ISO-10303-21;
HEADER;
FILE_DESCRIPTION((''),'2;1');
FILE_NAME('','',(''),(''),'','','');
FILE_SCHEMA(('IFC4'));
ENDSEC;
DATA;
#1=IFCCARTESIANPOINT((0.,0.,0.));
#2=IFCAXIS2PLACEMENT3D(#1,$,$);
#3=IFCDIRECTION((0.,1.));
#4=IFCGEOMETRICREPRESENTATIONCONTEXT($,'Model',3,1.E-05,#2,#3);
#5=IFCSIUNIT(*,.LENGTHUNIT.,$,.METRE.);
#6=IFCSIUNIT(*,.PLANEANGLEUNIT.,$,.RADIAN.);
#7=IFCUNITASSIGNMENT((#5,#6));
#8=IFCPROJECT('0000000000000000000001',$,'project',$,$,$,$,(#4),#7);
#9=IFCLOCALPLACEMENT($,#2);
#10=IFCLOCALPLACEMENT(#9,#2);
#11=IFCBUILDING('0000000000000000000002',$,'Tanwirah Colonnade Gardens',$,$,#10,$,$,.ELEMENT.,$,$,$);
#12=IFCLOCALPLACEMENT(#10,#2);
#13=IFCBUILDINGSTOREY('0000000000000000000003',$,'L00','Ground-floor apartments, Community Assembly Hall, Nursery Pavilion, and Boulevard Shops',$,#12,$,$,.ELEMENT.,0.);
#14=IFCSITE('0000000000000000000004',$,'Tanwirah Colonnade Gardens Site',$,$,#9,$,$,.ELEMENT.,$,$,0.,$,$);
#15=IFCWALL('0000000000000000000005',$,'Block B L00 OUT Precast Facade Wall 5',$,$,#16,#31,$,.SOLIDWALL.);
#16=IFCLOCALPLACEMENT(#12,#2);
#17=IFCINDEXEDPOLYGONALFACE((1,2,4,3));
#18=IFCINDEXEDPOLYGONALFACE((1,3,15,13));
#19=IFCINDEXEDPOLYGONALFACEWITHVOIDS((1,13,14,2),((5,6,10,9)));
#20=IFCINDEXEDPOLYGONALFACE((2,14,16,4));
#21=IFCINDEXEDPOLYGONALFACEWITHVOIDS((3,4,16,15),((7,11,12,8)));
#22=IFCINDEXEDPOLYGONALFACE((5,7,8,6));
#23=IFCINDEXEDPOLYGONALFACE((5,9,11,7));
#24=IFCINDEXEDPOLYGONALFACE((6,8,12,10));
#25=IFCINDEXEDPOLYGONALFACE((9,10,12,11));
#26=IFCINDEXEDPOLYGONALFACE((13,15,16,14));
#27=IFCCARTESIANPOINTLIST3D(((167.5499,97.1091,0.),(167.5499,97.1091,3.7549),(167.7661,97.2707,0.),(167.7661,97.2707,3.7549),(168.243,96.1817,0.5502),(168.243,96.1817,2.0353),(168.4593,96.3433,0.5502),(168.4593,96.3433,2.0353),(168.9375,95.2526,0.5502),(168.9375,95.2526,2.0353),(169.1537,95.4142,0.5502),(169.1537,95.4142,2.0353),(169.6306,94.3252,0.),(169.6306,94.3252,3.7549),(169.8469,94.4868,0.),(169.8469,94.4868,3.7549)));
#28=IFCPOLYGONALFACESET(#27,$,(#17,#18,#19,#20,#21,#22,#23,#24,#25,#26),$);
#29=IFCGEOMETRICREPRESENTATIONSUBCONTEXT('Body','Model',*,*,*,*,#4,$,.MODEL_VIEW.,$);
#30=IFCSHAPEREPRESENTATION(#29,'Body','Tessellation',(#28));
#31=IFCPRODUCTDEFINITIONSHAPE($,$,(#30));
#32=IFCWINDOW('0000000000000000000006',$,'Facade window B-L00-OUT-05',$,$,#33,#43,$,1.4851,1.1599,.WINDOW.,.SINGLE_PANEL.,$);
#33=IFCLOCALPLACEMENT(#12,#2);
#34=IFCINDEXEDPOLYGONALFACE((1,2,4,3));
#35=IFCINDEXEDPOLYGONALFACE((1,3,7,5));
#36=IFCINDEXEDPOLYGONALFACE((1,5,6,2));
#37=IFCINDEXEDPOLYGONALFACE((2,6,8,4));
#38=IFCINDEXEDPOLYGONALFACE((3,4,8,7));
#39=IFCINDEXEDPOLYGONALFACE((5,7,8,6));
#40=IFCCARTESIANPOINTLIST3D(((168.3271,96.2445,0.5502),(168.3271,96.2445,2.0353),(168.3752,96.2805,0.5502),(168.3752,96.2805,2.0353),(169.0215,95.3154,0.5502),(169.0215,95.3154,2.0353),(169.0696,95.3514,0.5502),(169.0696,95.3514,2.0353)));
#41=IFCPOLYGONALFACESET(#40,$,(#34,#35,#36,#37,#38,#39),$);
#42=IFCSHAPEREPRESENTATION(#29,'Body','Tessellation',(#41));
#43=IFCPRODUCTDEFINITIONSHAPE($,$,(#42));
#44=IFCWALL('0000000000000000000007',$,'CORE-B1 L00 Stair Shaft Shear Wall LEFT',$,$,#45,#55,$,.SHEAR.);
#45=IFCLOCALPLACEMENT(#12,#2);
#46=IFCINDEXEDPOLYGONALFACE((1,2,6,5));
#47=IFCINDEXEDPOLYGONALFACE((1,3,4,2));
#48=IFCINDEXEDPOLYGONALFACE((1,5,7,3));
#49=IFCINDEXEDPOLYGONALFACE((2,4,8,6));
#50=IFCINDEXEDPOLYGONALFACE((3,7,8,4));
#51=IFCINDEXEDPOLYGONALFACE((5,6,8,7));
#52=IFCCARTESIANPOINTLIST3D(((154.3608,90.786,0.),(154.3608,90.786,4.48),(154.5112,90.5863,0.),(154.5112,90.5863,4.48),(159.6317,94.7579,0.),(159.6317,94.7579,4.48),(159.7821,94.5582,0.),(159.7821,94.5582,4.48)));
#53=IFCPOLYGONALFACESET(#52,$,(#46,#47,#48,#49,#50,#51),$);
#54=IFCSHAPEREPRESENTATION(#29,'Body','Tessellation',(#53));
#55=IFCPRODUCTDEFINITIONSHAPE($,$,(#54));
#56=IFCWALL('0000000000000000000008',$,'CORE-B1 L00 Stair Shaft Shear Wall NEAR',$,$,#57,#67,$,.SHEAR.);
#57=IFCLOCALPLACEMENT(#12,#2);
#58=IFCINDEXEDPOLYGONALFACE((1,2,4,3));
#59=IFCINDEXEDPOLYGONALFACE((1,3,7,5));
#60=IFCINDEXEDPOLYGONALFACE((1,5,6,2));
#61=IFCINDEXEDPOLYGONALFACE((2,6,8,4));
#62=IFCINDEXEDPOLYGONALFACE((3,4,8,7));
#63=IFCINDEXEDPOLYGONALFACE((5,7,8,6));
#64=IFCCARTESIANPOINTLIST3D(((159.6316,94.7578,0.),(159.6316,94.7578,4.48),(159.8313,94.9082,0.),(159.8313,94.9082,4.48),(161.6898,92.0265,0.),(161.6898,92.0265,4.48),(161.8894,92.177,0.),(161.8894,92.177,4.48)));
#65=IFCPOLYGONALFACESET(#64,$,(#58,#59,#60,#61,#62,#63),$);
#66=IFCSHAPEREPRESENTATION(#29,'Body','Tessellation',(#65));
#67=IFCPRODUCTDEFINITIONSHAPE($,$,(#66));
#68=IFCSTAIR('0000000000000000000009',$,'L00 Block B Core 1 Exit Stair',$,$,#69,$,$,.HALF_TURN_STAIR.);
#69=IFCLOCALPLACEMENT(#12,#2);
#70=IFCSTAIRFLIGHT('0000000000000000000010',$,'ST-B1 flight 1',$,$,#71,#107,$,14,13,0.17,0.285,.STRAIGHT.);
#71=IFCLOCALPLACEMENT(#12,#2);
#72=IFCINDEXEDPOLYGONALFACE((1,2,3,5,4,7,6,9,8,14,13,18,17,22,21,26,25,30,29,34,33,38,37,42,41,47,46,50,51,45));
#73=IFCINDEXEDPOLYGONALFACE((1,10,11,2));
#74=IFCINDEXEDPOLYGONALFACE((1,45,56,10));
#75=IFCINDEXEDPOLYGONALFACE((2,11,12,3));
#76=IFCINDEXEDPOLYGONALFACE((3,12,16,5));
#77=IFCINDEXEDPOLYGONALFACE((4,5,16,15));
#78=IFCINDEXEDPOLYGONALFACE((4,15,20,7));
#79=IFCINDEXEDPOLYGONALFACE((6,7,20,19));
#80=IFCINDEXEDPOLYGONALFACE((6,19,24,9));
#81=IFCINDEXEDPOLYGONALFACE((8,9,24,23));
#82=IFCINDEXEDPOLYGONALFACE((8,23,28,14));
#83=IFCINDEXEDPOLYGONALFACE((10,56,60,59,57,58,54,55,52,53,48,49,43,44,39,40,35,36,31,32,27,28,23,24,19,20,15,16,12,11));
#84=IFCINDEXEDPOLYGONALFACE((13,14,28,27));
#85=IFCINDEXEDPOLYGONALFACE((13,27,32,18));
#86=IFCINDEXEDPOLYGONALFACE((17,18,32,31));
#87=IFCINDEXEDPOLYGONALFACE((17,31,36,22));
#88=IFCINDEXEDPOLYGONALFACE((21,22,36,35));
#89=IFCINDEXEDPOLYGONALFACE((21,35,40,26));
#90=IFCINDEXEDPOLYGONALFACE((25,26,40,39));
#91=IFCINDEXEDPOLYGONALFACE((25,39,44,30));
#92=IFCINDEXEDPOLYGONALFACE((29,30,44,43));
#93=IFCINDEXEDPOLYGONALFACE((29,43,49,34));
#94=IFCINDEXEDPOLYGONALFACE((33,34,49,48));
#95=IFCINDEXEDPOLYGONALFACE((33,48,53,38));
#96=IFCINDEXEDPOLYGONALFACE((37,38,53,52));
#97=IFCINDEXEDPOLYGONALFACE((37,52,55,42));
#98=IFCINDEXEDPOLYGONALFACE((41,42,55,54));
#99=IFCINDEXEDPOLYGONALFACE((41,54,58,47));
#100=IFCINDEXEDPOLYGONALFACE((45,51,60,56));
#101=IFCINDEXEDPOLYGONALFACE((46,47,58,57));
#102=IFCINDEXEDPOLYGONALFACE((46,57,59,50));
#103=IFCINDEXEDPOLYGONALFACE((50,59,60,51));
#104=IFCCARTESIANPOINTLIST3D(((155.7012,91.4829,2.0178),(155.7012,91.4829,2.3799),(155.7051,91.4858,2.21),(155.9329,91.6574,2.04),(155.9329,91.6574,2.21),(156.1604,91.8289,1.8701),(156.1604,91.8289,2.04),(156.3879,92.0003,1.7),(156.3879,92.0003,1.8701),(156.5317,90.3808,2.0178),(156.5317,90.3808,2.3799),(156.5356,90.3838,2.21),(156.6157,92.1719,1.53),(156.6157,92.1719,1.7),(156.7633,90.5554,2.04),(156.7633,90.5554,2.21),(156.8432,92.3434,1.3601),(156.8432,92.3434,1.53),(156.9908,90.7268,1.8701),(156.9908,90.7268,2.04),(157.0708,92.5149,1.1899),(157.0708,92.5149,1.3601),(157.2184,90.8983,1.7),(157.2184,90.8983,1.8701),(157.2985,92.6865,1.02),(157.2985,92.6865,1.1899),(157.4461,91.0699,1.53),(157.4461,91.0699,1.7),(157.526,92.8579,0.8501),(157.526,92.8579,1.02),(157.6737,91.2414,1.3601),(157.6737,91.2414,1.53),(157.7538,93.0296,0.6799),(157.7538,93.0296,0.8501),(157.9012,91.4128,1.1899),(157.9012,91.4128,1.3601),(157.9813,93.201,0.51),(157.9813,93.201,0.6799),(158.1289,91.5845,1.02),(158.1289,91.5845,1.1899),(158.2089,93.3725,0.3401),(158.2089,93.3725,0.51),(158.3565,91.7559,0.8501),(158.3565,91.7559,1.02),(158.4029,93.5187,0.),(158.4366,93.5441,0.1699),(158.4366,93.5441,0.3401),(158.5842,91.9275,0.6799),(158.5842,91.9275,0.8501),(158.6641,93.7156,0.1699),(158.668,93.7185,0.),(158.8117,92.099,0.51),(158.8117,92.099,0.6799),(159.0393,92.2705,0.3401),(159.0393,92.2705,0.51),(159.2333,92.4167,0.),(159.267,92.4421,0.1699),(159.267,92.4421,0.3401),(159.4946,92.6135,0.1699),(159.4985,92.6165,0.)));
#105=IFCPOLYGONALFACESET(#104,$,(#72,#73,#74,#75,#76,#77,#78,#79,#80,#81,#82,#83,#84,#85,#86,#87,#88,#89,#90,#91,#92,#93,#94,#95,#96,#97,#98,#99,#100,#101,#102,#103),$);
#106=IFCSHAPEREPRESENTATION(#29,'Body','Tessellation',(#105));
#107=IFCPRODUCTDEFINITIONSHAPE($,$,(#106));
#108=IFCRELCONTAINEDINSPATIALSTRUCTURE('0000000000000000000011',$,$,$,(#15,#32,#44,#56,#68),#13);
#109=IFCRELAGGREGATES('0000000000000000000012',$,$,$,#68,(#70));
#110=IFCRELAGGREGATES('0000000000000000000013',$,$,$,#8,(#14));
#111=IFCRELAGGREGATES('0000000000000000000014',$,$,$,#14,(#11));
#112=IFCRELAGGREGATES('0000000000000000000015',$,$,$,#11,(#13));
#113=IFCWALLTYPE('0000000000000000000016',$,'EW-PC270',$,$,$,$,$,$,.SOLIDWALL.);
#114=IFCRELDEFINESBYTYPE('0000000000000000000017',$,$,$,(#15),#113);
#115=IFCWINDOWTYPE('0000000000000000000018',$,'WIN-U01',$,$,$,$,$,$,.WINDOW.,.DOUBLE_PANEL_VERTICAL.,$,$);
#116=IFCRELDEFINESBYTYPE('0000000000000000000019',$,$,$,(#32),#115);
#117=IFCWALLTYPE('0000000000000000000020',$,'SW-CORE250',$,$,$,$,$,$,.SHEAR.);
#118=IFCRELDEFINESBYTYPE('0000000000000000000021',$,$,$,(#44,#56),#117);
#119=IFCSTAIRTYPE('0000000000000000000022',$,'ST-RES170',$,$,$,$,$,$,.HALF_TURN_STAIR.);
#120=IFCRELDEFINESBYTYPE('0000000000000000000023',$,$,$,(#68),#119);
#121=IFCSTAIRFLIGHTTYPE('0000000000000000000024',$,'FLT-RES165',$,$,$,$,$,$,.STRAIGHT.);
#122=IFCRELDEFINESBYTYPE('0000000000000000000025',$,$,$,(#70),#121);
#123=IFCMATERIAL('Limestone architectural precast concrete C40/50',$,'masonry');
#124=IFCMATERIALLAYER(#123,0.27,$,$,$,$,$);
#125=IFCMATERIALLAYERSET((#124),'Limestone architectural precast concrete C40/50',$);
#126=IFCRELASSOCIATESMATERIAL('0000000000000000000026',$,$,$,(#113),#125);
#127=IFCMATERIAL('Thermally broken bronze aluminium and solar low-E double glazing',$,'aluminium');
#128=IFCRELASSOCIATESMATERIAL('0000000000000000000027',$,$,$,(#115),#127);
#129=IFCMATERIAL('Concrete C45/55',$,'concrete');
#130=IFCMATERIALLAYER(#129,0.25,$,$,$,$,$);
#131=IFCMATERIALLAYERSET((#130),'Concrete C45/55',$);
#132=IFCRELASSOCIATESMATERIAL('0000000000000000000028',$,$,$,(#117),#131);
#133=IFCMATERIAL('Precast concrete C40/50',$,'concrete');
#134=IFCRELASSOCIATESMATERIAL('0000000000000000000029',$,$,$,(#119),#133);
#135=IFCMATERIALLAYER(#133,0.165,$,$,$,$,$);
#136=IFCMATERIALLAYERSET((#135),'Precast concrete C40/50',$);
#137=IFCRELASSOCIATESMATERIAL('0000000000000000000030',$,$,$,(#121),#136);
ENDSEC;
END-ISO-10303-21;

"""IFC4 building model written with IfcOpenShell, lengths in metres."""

from ifc_helpers import new_model, si_unit, direction, frame, frame_2d, origin, place, context, subcontext, project, spatial, polyline, rectangle, outline, extrude, material, layer, layer_set, type_object, element, fill, aggregate, save


model = new_model("IFC4")

# Units and contexts
model_context = context("Model", 3, precision=1e-05, world=origin(), true_north=direction((0.0, 1.0)))
body_context = subcontext(model_context, "Body", "Model", "MODEL_VIEW")
ifc_project = project(units=[si_unit("LENGTHUNIT", "METRE"), si_unit("PLANEANGLEUNIT", "RADIAN")], contexts=[model_context])

# Site, building, storey
site_placement = place(None, origin())
site = spatial("IfcSite", under=ifc_project, at=site_placement, Name="Tanwirah Colonnade Gardens Site", CompositionType="ELEMENT", RefElevation=0.0)
building_placement = place(site_placement, origin())
building = spatial("IfcBuilding", under=site, at=building_placement, Name="Tanwirah Colonnade Gardens", CompositionType="ELEMENT")
storey_placement = place(building_placement, origin())
storey = spatial("IfcBuildingStorey", under=building, at=storey_placement, Name="L00", Description="Ground-floor apartments, Community Assembly Hall, Nursery Pavilion, and Boulevard Shops", CompositionType="ELEMENT", Elevation=0.0)

# Shared definitions
ifc_material_1 = material(Name="Precast concrete C40/50", Category="concrete")

# Wall, opening, window
ifc_material_2 = material(Name="Limestone architectural precast concrete C40/50", Category="masonry")
ifc_layer_1 = layer(ifc_material_2, 0.27)
ifc_layer_set_1 = layer_set([ifc_layer_1], Name="Limestone architectural precast concrete C40/50")
wall_type_1 = type_object("IfcWallType", Name="EW-PC270", PredefinedType="SOLIDWALL", material=ifc_layer_set_1)
wall_1_placement = place(storey_placement, frame((169.7388, 94.406, 0.0), z_axis=(0.0, 0.0, 1.0), x_axis=(-0.598684, 0.800985, 0.0)))
wall_1 = element("IfcWall", 1, at=wall_1_placement, inside=storey, type_object=wall_type_1, Name="Block B L00 OUT Precast Facade Wall 5", PredefinedType="SOLIDWALL", context=body_context, shape_type="SweptSolid", body=[
    extrude(rectangle(XDim=3.4756, YDim=0.27, at=frame_2d((1.7378, 0.0))), origin(), (0.0, 0.0, 1.0), 3.7549),
])
opening_1_placement = place(wall_1_placement, frame((1.1577, 0.0, 0.55)))
opening_1 = element("IfcOpeningElement", 2, at=opening_1_placement, cuts=wall_1, PredefinedType="OPENING", context=body_context, shape_type="SweptSolid", body=[
    extrude(rectangle(XDim=1.1599, YDim=1.4851, at=frame_2d((0.5801, 0.7427))), frame((0.0, 0.145, 0.0), z_axis=(0.0, -1.0, 0.0), x_axis=(1.0, 0.0, 0.0)), (0.0, 0.0, 1.0), 0.29),
])
ifc_material_3 = material(Name="Thermally broken bronze aluminium and solar low-E double glazing", Category="aluminium")
window_type = type_object("IfcWindowType", Name="WIN-U01", PartitioningType="DOUBLE_PANEL_VERTICAL", PredefinedType="WINDOW", material=ifc_material_3)
window_placement = place(opening_1_placement, origin())
window = element("IfcWindow", 3, at=window_placement, inside=storey, type_object=window_type, Name="Facade window B-L00-OUT-05", OverallHeight=1.4851, OverallWidth=1.1599, PartitioningType="SINGLE_PANEL", PredefinedType="WINDOW", context=body_context, shape_type="SweptSolid", body=[
    extrude(rectangle(XDim=1.1599, YDim=1.4851, at=frame_2d((0.5801, 0.7427))), frame((0.0, 0.03, 0.0), z_axis=(0.0, -1.0, 0.0), x_axis=(1.0, 0.0, 0.0)), (0.0, 0.0, 1.0), 0.0601),
])
fill(opening_1, window)

# Walls
ifc_material_4 = material(Name="Concrete C45/55", Category="concrete")
ifc_layer_2 = layer(ifc_material_4, 0.25)
ifc_layer_set_2 = layer_set([ifc_layer_2], Name="Concrete C45/55")
wall_type_2 = type_object("IfcWallType", Name="SW-CORE250", PredefinedType="SHEAR", material=ifc_layer_set_2)
wall_2_placement = place(storey_placement, frame((159.7068, 94.658, 0.0), z_axis=(0.0, 0.0, 1.0), x_axis=(-0.79864, -0.60181, 0.0)))
element("IfcWall", 4, at=wall_2_placement, inside=storey, type_object=wall_type_2, Name="CORE-B1 L00 Stair Shaft Shear Wall LEFT", PredefinedType="SHEAR", context=body_context, shape_type="SweptSolid", body=[
    extrude(rectangle(XDim=6.5999, YDim=0.25, at=frame_2d((3.2998, 0.0))), origin(), (0.0, 0.0, 1.0), 4.48),
])
wall_3_placement = place(storey_placement, frame((159.7314, 94.833, 0.0), z_axis=(0.0, 0.0, 1.0), x_axis=(0.601815, -0.798636, 0.0)))
element("IfcWall", 5, at=wall_3_placement, inside=storey, type_object=wall_type_2, Name="CORE-B1 L00 Stair Shaft Shear Wall NEAR", PredefinedType="SHEAR", context=body_context, shape_type="SweptSolid", body=[
    extrude(rectangle(XDim=3.4199, YDim=0.25, at=frame_2d((1.71, 0.0))), origin(), (0.0, 0.0, 1.0), 4.48),
])

# Stair, stair flight
stair_type = type_object("IfcStairType", Name="ST-RES170", PredefinedType="HALF_TURN_STAIR", material=ifc_material_1)
stair_placement = place(storey_placement, origin())
stair = element("IfcStair", 6, at=stair_placement, inside=storey, type_object=stair_type, Name="L00 Block B Core 1 Exit Stair", PredefinedType="HALF_TURN_STAIR")
ifc_layer_3 = layer(ifc_material_1, 0.165)
ifc_layer_set_3 = layer_set([ifc_layer_3], Name="Precast concrete C40/50")
stair_flight_type = type_object("IfcStairFlightType", Name="FLT-RES165", PredefinedType="STRAIGHT", material=ifc_layer_set_3)
stair_flight_placement = place(storey_placement, frame((159.0793, 93.1646, 0.0), z_axis=(0.0, 0.0, 1.0), x_axis=(-0.798636, -0.601815, 0.0)))
stair_flight = element("IfcStairFlight", 7, at=stair_flight_placement, type_object=stair_flight_type, Name="ST-B1 flight 1", NumberOfRisers=14, NumberOfTreads=13, PredefinedType="STRAIGHT", RiserHeight=0.17, TreadLength=0.285, context=body_context, shape_type="SweptSolid", body=[
    extrude(outline(polyline([(-0.0049, 0.0), (0.0, 0.1699), (0.2849, 0.1699), (0.2849, 0.3401), (0.5701, 0.3401), (0.5701, 0.51), (0.855, 0.51), (0.855, 0.6799), (1.1399, 0.6799), (1.1399, 0.8501), (1.425, 0.8501), (1.425, 1.02), (1.71, 1.02), (1.71, 1.1899), (1.9951, 1.1899), (1.9951, 1.3601), (2.28, 1.3601), (2.28, 1.53), (2.5649, 1.53), (2.5649, 1.7), (2.8501, 1.7), (2.8501, 1.8701), (3.135, 1.8701), (3.135, 2.04), (3.4199, 2.04), (3.4199, 2.21), (3.7051, 2.21), (3.71, 2.3799), (3.71, 2.0178), (0.3271, 0.0), (-0.0049, 0.0)])), frame((0.0, 0.6899, 0.0), z_axis=(0.0, -1.0, 0.0), x_axis=(1.0, 0.0, 0.0)), (0.0, 0.0, 1.0), 1.3799),
])
aggregate(stair, [stair_flight])

save(model, "model.ifc")
